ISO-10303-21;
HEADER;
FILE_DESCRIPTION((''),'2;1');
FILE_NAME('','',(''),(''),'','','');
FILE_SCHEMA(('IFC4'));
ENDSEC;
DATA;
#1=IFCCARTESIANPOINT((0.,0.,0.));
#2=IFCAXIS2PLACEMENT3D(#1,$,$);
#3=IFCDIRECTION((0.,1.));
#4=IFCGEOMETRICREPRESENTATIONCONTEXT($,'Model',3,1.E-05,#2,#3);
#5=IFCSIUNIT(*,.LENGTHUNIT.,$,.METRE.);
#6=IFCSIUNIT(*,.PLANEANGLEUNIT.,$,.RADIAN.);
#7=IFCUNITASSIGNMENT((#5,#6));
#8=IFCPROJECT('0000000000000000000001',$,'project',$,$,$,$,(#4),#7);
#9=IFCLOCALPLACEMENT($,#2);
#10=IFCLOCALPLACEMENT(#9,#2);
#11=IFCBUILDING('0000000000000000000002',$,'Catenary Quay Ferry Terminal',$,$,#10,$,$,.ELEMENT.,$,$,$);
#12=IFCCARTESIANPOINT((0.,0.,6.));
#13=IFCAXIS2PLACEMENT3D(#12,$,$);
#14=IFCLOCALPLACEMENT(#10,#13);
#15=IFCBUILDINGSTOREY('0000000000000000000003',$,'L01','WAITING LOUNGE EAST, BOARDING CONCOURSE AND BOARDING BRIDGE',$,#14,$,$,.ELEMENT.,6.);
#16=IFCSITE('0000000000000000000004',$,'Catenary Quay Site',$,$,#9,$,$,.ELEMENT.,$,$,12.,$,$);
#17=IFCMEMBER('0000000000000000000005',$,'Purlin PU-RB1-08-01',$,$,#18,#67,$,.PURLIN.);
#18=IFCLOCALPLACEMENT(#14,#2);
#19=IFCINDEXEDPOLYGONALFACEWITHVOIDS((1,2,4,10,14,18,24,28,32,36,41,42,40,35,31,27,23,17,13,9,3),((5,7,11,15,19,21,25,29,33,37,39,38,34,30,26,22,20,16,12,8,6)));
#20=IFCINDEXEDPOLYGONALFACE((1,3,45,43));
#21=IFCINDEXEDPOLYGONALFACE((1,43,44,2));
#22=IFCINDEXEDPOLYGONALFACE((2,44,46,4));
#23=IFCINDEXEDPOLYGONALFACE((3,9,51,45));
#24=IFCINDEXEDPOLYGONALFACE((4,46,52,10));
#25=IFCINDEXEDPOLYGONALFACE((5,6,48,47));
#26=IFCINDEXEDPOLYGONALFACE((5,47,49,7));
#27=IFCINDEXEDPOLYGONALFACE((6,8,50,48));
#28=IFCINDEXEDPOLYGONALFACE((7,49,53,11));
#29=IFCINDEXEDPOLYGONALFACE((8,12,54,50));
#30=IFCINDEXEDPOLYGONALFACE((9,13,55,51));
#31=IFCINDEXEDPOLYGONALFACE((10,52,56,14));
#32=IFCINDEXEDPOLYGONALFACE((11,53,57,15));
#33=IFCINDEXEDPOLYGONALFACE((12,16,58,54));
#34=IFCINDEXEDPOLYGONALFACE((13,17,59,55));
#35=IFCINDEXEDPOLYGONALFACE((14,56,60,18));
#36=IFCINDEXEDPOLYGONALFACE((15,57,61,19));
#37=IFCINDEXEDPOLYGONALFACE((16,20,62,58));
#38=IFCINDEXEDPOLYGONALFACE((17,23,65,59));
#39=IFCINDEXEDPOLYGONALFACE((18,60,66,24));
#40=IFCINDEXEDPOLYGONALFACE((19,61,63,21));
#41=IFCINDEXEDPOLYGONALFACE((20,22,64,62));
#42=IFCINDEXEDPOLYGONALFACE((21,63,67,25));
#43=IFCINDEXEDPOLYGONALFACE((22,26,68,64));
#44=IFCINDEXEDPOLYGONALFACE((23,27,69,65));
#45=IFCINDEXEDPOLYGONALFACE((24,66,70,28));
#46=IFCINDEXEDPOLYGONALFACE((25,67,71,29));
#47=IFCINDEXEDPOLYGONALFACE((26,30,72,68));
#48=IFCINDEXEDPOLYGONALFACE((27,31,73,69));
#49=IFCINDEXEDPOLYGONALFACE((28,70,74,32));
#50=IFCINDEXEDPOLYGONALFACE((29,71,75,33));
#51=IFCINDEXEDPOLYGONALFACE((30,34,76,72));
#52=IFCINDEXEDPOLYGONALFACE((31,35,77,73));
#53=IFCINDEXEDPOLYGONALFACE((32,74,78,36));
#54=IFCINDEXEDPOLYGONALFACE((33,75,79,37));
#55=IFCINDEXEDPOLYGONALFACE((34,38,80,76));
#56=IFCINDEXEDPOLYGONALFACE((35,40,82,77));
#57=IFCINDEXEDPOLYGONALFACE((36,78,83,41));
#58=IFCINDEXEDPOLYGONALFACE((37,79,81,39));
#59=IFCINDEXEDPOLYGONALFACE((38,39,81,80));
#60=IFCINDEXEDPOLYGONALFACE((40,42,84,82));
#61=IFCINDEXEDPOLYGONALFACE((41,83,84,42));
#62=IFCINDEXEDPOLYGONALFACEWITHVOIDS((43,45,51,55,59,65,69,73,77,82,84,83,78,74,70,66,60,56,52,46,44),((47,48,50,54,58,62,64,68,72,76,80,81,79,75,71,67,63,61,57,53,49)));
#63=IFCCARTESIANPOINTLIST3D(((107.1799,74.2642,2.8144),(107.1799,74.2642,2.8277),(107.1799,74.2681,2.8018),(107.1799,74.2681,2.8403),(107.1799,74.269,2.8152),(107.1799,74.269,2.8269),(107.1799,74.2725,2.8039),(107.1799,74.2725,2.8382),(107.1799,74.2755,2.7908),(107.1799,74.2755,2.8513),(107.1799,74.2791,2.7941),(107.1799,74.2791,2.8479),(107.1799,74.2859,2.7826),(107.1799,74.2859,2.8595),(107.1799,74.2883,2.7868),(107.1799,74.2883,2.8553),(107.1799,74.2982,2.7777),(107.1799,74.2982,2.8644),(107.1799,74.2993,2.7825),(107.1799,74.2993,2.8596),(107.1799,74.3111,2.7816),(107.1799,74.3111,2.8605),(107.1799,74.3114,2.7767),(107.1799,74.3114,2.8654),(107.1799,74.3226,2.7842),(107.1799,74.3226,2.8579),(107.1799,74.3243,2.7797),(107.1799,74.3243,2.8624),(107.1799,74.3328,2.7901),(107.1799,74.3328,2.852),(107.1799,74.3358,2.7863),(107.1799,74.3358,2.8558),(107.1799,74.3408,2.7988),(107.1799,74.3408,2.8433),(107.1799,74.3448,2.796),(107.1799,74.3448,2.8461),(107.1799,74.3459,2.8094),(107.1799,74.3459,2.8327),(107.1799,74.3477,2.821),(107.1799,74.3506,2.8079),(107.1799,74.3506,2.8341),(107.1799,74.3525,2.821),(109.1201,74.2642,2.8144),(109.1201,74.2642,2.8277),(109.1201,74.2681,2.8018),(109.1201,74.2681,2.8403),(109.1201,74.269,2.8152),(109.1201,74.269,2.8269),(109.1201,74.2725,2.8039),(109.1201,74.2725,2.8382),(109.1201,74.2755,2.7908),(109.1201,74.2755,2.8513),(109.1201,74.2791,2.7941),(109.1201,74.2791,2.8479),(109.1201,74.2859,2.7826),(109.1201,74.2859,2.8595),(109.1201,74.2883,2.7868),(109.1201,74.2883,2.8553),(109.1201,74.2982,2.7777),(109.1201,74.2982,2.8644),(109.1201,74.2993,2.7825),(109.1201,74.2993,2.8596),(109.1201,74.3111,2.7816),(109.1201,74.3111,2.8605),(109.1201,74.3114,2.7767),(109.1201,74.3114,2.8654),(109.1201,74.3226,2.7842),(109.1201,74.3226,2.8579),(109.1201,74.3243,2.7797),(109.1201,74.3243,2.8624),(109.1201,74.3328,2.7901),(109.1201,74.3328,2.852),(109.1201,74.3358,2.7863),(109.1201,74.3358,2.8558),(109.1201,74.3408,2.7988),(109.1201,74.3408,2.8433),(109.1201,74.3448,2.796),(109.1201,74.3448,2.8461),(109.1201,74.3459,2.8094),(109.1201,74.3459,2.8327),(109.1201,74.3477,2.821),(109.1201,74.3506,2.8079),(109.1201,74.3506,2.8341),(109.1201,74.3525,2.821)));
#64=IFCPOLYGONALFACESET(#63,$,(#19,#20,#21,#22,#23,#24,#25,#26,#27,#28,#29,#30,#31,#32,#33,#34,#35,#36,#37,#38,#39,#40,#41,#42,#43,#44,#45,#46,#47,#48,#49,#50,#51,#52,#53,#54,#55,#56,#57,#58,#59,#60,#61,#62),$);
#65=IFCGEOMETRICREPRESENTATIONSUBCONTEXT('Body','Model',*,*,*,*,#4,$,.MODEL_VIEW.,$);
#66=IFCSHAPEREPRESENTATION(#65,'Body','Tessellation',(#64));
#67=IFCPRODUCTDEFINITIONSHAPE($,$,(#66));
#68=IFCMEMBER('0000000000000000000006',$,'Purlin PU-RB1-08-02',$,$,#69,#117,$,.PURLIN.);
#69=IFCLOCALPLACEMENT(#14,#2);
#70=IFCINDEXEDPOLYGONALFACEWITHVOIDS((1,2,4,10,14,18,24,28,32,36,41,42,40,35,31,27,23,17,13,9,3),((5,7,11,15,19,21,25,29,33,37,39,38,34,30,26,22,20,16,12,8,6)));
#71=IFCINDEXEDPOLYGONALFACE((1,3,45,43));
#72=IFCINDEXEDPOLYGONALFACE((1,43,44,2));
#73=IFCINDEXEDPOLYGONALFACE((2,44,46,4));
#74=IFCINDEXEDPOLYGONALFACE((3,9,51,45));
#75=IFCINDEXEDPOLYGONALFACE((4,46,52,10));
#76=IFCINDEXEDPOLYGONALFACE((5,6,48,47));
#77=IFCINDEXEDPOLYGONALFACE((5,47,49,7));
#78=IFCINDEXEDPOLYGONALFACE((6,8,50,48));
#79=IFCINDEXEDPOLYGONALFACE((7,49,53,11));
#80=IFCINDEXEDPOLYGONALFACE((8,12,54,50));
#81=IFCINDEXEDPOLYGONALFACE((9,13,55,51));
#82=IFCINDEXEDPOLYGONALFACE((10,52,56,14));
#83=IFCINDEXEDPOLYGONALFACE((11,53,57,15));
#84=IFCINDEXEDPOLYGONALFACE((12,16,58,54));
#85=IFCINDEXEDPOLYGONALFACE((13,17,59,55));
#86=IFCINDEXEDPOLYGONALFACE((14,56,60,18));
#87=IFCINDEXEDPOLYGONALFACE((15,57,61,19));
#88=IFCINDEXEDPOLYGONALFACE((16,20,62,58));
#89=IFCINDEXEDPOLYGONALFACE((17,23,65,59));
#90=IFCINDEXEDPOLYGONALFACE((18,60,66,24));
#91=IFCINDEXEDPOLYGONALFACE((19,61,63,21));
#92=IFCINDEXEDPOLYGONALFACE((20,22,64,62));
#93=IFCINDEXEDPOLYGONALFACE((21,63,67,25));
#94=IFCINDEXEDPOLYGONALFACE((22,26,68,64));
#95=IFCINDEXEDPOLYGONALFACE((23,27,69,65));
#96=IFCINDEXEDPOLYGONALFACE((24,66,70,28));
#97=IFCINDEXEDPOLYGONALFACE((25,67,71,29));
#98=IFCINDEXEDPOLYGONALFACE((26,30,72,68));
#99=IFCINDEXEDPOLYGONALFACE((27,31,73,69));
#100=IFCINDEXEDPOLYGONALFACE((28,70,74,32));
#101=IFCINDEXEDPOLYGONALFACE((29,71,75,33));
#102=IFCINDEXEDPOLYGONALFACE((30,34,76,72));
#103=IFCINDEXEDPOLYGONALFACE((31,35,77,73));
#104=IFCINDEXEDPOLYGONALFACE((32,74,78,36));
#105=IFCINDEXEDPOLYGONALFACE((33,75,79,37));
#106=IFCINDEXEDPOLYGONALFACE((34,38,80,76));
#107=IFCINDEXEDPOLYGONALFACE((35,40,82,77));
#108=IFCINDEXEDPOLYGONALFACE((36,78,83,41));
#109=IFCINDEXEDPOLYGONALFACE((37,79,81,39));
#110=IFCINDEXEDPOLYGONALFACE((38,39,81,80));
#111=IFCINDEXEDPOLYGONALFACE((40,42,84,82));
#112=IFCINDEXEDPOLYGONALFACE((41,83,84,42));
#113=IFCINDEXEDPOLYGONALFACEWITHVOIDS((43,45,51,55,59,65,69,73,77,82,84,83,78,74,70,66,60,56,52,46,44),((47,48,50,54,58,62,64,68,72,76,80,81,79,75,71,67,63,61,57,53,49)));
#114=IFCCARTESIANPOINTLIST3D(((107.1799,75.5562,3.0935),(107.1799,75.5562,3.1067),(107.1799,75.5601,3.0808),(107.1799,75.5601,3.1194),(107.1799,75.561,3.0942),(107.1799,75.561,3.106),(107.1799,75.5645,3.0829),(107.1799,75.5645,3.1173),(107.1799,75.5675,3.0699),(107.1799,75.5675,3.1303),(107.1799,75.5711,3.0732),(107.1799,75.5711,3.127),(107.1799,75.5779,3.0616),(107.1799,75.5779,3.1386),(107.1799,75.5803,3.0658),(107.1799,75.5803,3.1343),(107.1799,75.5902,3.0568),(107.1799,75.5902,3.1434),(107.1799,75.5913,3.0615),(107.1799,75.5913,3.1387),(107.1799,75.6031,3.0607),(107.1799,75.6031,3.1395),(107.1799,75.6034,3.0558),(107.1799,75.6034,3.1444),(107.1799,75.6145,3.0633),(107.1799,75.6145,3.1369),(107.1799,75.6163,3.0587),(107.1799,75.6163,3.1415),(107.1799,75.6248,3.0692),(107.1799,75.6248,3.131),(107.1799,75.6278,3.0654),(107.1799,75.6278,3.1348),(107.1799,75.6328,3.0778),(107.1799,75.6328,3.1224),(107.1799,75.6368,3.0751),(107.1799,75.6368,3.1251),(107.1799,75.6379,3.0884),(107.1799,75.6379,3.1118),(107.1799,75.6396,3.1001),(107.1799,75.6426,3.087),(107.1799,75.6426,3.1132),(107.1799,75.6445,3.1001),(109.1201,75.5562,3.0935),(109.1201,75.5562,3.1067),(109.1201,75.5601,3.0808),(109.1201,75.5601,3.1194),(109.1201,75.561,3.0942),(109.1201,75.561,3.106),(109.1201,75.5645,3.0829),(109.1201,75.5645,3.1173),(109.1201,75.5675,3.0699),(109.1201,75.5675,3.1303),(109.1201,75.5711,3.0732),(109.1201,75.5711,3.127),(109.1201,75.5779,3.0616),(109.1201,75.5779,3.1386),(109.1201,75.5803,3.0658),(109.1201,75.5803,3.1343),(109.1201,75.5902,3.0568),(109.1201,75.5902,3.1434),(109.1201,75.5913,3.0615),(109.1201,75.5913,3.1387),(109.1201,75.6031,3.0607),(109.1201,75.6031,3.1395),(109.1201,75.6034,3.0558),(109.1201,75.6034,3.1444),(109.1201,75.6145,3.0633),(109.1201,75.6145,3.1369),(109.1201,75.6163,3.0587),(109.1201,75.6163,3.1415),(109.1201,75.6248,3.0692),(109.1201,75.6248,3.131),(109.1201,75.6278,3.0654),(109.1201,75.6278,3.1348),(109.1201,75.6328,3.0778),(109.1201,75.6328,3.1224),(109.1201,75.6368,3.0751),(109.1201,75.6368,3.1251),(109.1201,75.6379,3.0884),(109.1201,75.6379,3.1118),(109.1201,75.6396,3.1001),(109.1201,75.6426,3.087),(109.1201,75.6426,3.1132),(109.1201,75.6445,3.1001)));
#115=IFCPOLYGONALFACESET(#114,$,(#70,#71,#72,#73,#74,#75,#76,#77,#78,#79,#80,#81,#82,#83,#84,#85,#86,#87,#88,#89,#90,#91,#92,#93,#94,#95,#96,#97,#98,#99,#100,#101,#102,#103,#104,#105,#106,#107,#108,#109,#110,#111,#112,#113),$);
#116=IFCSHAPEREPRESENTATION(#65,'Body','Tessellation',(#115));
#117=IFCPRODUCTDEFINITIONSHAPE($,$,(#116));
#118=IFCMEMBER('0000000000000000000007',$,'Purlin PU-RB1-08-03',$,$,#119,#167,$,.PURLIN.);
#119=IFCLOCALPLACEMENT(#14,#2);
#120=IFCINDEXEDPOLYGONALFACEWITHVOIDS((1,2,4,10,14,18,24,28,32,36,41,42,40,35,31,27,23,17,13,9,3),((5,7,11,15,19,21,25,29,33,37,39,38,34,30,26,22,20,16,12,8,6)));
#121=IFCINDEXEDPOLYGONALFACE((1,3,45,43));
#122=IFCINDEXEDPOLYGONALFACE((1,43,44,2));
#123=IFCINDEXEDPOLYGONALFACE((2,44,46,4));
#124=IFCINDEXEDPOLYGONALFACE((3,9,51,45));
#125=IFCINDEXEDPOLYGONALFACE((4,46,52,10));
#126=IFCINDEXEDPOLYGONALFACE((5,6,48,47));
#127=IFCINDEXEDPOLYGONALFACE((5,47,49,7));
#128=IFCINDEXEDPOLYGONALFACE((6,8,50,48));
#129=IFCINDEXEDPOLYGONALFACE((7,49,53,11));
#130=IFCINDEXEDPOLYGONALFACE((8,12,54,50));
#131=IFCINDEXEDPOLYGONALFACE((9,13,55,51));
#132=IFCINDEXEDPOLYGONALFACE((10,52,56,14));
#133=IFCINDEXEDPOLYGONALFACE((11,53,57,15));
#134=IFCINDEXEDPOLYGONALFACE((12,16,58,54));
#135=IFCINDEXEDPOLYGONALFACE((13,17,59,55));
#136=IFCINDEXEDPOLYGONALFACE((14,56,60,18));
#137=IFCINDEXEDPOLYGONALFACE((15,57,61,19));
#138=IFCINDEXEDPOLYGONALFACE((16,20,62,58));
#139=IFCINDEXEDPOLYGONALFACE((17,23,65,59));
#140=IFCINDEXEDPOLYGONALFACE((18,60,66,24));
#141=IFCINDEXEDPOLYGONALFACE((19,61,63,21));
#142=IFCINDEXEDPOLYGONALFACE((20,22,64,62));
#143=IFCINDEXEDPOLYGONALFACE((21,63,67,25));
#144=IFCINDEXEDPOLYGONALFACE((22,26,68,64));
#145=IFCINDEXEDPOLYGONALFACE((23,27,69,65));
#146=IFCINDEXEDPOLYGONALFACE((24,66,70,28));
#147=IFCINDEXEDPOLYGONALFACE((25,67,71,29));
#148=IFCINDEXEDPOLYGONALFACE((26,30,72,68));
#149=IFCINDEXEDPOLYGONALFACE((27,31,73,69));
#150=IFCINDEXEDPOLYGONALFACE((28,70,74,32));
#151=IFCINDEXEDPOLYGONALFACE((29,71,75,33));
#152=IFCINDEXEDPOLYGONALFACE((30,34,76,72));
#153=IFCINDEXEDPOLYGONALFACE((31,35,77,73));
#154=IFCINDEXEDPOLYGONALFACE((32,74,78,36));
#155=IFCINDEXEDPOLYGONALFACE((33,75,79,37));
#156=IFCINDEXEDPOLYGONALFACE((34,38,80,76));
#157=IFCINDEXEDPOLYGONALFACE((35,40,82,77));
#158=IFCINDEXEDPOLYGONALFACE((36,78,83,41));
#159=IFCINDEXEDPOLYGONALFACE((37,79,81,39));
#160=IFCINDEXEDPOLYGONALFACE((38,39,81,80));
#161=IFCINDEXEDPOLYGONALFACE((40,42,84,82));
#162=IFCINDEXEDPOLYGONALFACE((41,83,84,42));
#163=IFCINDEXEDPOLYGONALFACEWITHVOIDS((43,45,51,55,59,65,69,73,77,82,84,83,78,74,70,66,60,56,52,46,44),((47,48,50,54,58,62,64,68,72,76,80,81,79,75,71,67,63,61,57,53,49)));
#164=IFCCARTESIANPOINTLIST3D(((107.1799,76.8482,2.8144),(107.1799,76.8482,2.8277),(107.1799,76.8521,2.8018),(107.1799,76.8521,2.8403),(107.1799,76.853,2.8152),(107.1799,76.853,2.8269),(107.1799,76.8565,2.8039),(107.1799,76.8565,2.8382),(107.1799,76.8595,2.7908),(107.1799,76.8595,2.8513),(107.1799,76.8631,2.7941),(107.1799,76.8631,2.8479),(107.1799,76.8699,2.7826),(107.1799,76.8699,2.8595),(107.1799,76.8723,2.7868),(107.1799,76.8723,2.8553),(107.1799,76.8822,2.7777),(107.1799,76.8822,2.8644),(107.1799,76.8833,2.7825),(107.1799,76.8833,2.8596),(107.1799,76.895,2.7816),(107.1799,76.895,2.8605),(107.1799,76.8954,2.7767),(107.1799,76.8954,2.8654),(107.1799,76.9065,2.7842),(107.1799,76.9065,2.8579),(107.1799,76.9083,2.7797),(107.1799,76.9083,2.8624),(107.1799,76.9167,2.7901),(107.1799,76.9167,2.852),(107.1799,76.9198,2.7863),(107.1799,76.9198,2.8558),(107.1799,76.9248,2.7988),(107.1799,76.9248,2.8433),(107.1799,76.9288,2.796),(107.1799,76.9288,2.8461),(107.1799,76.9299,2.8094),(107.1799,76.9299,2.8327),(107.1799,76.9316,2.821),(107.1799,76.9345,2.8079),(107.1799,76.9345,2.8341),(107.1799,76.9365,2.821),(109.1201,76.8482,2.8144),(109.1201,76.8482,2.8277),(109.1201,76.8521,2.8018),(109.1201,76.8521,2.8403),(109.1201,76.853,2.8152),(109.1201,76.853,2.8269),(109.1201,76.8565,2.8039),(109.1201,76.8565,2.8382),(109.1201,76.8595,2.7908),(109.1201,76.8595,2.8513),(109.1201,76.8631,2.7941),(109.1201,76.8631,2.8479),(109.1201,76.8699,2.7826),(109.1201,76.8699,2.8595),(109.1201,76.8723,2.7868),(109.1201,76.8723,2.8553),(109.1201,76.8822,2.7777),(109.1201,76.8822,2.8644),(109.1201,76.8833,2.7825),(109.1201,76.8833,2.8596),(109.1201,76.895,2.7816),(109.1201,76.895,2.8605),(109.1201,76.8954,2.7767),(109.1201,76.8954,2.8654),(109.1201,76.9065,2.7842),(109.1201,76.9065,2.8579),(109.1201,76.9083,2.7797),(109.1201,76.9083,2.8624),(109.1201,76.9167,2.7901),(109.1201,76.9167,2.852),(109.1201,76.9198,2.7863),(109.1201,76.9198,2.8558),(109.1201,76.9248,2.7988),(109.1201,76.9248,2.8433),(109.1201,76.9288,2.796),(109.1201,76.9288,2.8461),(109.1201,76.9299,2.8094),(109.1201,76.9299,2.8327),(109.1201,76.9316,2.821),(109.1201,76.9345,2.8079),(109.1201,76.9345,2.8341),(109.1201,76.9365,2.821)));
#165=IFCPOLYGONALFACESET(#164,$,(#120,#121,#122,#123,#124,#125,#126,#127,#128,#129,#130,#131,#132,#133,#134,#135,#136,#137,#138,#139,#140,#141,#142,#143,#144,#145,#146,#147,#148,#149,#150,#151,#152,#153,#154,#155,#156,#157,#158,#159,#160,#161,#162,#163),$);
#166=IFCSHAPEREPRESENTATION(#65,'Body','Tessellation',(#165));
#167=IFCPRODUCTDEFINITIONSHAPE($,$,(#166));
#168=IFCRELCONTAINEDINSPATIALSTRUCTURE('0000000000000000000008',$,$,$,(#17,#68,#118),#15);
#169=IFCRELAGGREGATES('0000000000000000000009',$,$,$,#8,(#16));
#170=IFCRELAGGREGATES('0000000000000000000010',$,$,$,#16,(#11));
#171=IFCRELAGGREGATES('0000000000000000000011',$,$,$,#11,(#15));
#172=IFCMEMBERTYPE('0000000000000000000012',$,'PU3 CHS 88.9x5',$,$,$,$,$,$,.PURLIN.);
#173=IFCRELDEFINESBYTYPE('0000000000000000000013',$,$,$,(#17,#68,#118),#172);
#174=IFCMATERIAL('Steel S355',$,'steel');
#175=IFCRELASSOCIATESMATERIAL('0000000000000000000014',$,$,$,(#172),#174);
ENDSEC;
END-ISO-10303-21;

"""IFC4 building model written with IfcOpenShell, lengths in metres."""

from ifc_helpers import new_model, si_unit, direction, frame, origin, origin_2d, place, context, subcontext, project, spatial, hollow_circle, extrude, material, material_profile, profile_set, type_object, element, save


model = new_model("IFC4")

# Units and contexts
model_context = context("Model", 3, precision=1e-05, world=origin(), true_north=direction((0.0, 1.0)))
body_context = subcontext(model_context, "Body", "Model", "MODEL_VIEW")
ifc_project = project(units=[si_unit("LENGTHUNIT", "METRE"), si_unit("PLANEANGLEUNIT", "RADIAN")], contexts=[model_context])

# Site, building, storey
site_placement = place(None, origin())
site = spatial("IfcSite", under=ifc_project, at=site_placement, Name="Catenary Quay Site", CompositionType="ELEMENT", RefElevation=12.0)
building_placement = place(site_placement, origin())
building = spatial("IfcBuilding", under=site, at=building_placement, Name="Catenary Quay Ferry Terminal", CompositionType="ELEMENT")
storey_placement = place(building_placement, frame((0.0, 0.0, 6.0)))
storey = spatial("IfcBuildingStorey", under=building, at=storey_placement, Name="L01", Description="WAITING LOUNGE EAST, BOARDING CONCOURSE AND BOARDING BRIDGE", CompositionType="ELEMENT", Elevation=6.0)

# Members
ifc_material_1 = material(Name="Steel S355", Category="steel")
ifc_material_profile_1 = material_profile(ifc_material_1, hollow_circle(Radius=0.0444, WallThickness=0.0049, at=origin_2d()), Name="CHS 88.9x5")
ifc_profile_set_1 = profile_set([ifc_material_profile_1], Name="Steel S355")
member_type_1 = type_object("IfcMemberType", Name="PU3 CHS 88.9x5", PredefinedType="PURLIN", material=ifc_profile_set_1)
for number, where, z_axis, x_axis, name in (
    (1, (107.1799, 74.3081, 2.821), (1.0, 0.0, 0.0), (0.0, 1.0, 0.0), "Purlin PU-RB1-08-01"),
    (2, (107.1799, 75.6001, 3.1001), (1.0, 0.0, 0.0), (0.0, 1.0, 0.0), "Purlin PU-RB1-08-02"),
    (3, (107.1799, 76.8921, 2.821), (1.0, 0.0, 0.0), (0.0, 1.0, 0.0), "Purlin PU-RB1-08-03"),
):
    element("IfcMember", number, at=place(storey_placement, frame(where, z_axis=z_axis, x_axis=x_axis)), inside=storey, type_object=member_type_1, Name=name, PredefinedType="PURLIN", context=body_context, shape_type="SweptSolid", body=[
        extrude(hollow_circle(Radius=0.0444, WallThickness=0.0049, at=origin_2d()), origin(), (0.0, 0.0, 1.0), 1.9402),
    ])

save(model, "model.ifc")
